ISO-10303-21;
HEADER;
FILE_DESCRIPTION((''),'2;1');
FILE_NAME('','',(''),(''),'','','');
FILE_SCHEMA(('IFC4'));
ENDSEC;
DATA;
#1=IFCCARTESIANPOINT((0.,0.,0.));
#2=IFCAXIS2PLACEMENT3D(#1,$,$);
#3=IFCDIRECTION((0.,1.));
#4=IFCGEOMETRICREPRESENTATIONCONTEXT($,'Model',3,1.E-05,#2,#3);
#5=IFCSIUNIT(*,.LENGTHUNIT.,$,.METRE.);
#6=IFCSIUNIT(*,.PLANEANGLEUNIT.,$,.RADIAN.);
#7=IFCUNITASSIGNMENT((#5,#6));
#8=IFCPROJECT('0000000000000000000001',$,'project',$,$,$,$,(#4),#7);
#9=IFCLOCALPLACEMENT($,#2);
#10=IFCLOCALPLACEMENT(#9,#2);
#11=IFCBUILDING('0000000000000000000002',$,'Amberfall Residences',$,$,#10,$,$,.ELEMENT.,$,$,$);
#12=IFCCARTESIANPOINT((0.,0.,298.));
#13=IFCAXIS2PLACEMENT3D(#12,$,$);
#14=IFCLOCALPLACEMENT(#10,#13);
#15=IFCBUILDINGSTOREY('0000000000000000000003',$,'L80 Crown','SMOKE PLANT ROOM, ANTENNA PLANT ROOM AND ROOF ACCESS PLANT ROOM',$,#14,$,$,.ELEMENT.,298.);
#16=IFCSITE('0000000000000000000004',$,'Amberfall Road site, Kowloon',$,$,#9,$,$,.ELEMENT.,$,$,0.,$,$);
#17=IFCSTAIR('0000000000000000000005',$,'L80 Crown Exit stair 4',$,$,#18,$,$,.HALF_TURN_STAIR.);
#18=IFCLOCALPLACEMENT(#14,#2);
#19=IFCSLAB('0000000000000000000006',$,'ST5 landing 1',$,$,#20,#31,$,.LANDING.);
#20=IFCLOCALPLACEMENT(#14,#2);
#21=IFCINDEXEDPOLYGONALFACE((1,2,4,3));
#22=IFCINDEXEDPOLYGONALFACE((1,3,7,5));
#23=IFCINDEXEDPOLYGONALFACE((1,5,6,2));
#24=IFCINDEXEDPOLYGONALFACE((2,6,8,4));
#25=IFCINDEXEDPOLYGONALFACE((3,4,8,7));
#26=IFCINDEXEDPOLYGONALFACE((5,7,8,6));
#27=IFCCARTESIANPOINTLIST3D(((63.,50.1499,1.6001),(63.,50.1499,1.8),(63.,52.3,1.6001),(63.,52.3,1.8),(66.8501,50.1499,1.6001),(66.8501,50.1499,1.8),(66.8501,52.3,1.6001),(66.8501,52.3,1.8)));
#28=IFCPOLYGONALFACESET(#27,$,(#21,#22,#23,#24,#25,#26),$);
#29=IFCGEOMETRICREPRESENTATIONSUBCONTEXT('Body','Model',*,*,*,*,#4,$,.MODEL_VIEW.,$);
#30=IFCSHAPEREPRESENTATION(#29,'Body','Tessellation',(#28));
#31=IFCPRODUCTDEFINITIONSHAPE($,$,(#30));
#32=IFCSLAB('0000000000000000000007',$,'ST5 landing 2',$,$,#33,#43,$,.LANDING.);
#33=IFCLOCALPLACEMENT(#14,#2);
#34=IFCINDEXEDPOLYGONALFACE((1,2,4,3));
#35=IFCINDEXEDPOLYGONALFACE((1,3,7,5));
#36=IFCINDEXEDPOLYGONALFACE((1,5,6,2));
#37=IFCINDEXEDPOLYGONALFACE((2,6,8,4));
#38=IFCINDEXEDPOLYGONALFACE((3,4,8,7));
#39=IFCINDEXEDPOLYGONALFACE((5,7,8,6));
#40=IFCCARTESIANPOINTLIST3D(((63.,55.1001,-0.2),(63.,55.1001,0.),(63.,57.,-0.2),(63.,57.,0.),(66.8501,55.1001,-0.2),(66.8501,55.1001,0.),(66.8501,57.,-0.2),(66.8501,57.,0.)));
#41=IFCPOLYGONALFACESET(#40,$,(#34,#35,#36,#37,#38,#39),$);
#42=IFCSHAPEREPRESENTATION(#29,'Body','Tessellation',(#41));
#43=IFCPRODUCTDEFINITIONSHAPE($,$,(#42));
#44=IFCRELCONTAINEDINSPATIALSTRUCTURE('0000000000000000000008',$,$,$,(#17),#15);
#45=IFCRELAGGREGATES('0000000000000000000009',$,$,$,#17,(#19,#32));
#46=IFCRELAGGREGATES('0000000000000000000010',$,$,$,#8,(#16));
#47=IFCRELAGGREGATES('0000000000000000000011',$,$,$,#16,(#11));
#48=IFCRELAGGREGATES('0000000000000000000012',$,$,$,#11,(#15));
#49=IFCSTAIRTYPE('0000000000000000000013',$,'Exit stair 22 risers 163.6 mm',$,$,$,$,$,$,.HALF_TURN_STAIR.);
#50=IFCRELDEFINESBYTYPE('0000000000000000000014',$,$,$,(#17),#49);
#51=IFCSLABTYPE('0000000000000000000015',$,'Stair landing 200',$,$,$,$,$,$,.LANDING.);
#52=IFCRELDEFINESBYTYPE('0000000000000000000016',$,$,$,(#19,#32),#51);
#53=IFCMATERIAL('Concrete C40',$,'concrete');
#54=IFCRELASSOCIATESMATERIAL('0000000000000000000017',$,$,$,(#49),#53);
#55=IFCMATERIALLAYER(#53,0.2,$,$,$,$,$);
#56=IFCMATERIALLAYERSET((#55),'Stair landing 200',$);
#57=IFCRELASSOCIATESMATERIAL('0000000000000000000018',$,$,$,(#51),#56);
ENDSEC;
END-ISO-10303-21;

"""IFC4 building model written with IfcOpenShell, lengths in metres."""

from ifc_helpers import new_model, si_unit, direction, frame, origin, place, context, subcontext, project, spatial, polyline, outline, extrude, material, layer, layer_set, type_object, element, aggregate, save


model = new_model("IFC4")

# Units and contexts
model_context = context("Model", 3, precision=1e-05, world=origin(), true_north=direction((0.0, 1.0)))
body_context = subcontext(model_context, "Body", "Model", "MODEL_VIEW")
ifc_project = project(units=[si_unit("LENGTHUNIT", "METRE"), si_unit("PLANEANGLEUNIT", "RADIAN")], contexts=[model_context])

# Site, building, storey
site_placement = place(None, origin())
site = spatial("IfcSite", under=ifc_project, at=site_placement, Name="Amberfall Road site, Kowloon", CompositionType="ELEMENT", RefElevation=0.0)
building_placement = place(site_placement, origin())
building = spatial("IfcBuilding", under=site, at=building_placement, Name="Amberfall Residences", CompositionType="ELEMENT")
storey_placement = place(building_placement, frame((0.0, 0.0, 298.0)))
storey = spatial("IfcBuildingStorey", under=building, at=storey_placement, Name="L80 Crown", Description="SMOKE PLANT ROOM, ANTENNA PLANT ROOM AND ROOF ACCESS PLANT ROOM", CompositionType="ELEMENT", Elevation=298.0)

# Stair, slabs
ifc_material_1 = material(Name="Concrete C40", Category="concrete")
stair_type = type_object("IfcStairType", Name="Exit stair 22 risers 163.6 mm", PredefinedType="HALF_TURN_STAIR", material=ifc_material_1)
ifc_layer_1 = layer(ifc_material_1, 0.2)
ifc_layer_set_1 = layer_set([ifc_layer_1], Name="Stair landing 200")
slab_type_1 = type_object("IfcSlabType", Name="Stair landing 200", PredefinedType="LANDING", material=ifc_layer_set_1)
stair_1_placement = place(storey_placement, origin())
stair_1 = element("IfcStair", 1, at=stair_1_placement, inside=storey, type_object=stair_type, Name="L80 Crown Exit stair 4", PredefinedType="HALF_TURN_STAIR")
slab_1_placement = place(storey_placement, frame((0.0, 0.0, 1.6001)))
slab_1 = element("IfcSlab", 2, at=slab_1_placement, type_object=slab_type_1, Name="ST5 landing 1", PredefinedType="LANDING", context=body_context, shape_type="SweptSolid", body=[
    extrude(outline(polyline([(63.0, 52.3), (63.0, 50.1499), (66.8501, 50.1499), (66.8501, 52.3), (63.0, 52.3)])), origin(), (0.0, 0.0, 1.0), 0.2),
])
slab_2_placement = place(storey_placement, frame((0.0, 0.0, -0.2)))
slab_2 = element("IfcSlab", 3, at=slab_2_placement, type_object=slab_type_1, Name="ST5 landing 2", PredefinedType="LANDING", context=body_context, shape_type="SweptSolid", body=[
    extrude(outline(polyline([(63.0, 57.0), (63.0, 55.1001), (66.8501, 55.1001), (66.8501, 57.0), (63.0, 57.0)])), origin(), (0.0, 0.0, 1.0), 0.2),
])
aggregate(stair_1, [slab_1, slab_2])

save(model, "model.ifc")
